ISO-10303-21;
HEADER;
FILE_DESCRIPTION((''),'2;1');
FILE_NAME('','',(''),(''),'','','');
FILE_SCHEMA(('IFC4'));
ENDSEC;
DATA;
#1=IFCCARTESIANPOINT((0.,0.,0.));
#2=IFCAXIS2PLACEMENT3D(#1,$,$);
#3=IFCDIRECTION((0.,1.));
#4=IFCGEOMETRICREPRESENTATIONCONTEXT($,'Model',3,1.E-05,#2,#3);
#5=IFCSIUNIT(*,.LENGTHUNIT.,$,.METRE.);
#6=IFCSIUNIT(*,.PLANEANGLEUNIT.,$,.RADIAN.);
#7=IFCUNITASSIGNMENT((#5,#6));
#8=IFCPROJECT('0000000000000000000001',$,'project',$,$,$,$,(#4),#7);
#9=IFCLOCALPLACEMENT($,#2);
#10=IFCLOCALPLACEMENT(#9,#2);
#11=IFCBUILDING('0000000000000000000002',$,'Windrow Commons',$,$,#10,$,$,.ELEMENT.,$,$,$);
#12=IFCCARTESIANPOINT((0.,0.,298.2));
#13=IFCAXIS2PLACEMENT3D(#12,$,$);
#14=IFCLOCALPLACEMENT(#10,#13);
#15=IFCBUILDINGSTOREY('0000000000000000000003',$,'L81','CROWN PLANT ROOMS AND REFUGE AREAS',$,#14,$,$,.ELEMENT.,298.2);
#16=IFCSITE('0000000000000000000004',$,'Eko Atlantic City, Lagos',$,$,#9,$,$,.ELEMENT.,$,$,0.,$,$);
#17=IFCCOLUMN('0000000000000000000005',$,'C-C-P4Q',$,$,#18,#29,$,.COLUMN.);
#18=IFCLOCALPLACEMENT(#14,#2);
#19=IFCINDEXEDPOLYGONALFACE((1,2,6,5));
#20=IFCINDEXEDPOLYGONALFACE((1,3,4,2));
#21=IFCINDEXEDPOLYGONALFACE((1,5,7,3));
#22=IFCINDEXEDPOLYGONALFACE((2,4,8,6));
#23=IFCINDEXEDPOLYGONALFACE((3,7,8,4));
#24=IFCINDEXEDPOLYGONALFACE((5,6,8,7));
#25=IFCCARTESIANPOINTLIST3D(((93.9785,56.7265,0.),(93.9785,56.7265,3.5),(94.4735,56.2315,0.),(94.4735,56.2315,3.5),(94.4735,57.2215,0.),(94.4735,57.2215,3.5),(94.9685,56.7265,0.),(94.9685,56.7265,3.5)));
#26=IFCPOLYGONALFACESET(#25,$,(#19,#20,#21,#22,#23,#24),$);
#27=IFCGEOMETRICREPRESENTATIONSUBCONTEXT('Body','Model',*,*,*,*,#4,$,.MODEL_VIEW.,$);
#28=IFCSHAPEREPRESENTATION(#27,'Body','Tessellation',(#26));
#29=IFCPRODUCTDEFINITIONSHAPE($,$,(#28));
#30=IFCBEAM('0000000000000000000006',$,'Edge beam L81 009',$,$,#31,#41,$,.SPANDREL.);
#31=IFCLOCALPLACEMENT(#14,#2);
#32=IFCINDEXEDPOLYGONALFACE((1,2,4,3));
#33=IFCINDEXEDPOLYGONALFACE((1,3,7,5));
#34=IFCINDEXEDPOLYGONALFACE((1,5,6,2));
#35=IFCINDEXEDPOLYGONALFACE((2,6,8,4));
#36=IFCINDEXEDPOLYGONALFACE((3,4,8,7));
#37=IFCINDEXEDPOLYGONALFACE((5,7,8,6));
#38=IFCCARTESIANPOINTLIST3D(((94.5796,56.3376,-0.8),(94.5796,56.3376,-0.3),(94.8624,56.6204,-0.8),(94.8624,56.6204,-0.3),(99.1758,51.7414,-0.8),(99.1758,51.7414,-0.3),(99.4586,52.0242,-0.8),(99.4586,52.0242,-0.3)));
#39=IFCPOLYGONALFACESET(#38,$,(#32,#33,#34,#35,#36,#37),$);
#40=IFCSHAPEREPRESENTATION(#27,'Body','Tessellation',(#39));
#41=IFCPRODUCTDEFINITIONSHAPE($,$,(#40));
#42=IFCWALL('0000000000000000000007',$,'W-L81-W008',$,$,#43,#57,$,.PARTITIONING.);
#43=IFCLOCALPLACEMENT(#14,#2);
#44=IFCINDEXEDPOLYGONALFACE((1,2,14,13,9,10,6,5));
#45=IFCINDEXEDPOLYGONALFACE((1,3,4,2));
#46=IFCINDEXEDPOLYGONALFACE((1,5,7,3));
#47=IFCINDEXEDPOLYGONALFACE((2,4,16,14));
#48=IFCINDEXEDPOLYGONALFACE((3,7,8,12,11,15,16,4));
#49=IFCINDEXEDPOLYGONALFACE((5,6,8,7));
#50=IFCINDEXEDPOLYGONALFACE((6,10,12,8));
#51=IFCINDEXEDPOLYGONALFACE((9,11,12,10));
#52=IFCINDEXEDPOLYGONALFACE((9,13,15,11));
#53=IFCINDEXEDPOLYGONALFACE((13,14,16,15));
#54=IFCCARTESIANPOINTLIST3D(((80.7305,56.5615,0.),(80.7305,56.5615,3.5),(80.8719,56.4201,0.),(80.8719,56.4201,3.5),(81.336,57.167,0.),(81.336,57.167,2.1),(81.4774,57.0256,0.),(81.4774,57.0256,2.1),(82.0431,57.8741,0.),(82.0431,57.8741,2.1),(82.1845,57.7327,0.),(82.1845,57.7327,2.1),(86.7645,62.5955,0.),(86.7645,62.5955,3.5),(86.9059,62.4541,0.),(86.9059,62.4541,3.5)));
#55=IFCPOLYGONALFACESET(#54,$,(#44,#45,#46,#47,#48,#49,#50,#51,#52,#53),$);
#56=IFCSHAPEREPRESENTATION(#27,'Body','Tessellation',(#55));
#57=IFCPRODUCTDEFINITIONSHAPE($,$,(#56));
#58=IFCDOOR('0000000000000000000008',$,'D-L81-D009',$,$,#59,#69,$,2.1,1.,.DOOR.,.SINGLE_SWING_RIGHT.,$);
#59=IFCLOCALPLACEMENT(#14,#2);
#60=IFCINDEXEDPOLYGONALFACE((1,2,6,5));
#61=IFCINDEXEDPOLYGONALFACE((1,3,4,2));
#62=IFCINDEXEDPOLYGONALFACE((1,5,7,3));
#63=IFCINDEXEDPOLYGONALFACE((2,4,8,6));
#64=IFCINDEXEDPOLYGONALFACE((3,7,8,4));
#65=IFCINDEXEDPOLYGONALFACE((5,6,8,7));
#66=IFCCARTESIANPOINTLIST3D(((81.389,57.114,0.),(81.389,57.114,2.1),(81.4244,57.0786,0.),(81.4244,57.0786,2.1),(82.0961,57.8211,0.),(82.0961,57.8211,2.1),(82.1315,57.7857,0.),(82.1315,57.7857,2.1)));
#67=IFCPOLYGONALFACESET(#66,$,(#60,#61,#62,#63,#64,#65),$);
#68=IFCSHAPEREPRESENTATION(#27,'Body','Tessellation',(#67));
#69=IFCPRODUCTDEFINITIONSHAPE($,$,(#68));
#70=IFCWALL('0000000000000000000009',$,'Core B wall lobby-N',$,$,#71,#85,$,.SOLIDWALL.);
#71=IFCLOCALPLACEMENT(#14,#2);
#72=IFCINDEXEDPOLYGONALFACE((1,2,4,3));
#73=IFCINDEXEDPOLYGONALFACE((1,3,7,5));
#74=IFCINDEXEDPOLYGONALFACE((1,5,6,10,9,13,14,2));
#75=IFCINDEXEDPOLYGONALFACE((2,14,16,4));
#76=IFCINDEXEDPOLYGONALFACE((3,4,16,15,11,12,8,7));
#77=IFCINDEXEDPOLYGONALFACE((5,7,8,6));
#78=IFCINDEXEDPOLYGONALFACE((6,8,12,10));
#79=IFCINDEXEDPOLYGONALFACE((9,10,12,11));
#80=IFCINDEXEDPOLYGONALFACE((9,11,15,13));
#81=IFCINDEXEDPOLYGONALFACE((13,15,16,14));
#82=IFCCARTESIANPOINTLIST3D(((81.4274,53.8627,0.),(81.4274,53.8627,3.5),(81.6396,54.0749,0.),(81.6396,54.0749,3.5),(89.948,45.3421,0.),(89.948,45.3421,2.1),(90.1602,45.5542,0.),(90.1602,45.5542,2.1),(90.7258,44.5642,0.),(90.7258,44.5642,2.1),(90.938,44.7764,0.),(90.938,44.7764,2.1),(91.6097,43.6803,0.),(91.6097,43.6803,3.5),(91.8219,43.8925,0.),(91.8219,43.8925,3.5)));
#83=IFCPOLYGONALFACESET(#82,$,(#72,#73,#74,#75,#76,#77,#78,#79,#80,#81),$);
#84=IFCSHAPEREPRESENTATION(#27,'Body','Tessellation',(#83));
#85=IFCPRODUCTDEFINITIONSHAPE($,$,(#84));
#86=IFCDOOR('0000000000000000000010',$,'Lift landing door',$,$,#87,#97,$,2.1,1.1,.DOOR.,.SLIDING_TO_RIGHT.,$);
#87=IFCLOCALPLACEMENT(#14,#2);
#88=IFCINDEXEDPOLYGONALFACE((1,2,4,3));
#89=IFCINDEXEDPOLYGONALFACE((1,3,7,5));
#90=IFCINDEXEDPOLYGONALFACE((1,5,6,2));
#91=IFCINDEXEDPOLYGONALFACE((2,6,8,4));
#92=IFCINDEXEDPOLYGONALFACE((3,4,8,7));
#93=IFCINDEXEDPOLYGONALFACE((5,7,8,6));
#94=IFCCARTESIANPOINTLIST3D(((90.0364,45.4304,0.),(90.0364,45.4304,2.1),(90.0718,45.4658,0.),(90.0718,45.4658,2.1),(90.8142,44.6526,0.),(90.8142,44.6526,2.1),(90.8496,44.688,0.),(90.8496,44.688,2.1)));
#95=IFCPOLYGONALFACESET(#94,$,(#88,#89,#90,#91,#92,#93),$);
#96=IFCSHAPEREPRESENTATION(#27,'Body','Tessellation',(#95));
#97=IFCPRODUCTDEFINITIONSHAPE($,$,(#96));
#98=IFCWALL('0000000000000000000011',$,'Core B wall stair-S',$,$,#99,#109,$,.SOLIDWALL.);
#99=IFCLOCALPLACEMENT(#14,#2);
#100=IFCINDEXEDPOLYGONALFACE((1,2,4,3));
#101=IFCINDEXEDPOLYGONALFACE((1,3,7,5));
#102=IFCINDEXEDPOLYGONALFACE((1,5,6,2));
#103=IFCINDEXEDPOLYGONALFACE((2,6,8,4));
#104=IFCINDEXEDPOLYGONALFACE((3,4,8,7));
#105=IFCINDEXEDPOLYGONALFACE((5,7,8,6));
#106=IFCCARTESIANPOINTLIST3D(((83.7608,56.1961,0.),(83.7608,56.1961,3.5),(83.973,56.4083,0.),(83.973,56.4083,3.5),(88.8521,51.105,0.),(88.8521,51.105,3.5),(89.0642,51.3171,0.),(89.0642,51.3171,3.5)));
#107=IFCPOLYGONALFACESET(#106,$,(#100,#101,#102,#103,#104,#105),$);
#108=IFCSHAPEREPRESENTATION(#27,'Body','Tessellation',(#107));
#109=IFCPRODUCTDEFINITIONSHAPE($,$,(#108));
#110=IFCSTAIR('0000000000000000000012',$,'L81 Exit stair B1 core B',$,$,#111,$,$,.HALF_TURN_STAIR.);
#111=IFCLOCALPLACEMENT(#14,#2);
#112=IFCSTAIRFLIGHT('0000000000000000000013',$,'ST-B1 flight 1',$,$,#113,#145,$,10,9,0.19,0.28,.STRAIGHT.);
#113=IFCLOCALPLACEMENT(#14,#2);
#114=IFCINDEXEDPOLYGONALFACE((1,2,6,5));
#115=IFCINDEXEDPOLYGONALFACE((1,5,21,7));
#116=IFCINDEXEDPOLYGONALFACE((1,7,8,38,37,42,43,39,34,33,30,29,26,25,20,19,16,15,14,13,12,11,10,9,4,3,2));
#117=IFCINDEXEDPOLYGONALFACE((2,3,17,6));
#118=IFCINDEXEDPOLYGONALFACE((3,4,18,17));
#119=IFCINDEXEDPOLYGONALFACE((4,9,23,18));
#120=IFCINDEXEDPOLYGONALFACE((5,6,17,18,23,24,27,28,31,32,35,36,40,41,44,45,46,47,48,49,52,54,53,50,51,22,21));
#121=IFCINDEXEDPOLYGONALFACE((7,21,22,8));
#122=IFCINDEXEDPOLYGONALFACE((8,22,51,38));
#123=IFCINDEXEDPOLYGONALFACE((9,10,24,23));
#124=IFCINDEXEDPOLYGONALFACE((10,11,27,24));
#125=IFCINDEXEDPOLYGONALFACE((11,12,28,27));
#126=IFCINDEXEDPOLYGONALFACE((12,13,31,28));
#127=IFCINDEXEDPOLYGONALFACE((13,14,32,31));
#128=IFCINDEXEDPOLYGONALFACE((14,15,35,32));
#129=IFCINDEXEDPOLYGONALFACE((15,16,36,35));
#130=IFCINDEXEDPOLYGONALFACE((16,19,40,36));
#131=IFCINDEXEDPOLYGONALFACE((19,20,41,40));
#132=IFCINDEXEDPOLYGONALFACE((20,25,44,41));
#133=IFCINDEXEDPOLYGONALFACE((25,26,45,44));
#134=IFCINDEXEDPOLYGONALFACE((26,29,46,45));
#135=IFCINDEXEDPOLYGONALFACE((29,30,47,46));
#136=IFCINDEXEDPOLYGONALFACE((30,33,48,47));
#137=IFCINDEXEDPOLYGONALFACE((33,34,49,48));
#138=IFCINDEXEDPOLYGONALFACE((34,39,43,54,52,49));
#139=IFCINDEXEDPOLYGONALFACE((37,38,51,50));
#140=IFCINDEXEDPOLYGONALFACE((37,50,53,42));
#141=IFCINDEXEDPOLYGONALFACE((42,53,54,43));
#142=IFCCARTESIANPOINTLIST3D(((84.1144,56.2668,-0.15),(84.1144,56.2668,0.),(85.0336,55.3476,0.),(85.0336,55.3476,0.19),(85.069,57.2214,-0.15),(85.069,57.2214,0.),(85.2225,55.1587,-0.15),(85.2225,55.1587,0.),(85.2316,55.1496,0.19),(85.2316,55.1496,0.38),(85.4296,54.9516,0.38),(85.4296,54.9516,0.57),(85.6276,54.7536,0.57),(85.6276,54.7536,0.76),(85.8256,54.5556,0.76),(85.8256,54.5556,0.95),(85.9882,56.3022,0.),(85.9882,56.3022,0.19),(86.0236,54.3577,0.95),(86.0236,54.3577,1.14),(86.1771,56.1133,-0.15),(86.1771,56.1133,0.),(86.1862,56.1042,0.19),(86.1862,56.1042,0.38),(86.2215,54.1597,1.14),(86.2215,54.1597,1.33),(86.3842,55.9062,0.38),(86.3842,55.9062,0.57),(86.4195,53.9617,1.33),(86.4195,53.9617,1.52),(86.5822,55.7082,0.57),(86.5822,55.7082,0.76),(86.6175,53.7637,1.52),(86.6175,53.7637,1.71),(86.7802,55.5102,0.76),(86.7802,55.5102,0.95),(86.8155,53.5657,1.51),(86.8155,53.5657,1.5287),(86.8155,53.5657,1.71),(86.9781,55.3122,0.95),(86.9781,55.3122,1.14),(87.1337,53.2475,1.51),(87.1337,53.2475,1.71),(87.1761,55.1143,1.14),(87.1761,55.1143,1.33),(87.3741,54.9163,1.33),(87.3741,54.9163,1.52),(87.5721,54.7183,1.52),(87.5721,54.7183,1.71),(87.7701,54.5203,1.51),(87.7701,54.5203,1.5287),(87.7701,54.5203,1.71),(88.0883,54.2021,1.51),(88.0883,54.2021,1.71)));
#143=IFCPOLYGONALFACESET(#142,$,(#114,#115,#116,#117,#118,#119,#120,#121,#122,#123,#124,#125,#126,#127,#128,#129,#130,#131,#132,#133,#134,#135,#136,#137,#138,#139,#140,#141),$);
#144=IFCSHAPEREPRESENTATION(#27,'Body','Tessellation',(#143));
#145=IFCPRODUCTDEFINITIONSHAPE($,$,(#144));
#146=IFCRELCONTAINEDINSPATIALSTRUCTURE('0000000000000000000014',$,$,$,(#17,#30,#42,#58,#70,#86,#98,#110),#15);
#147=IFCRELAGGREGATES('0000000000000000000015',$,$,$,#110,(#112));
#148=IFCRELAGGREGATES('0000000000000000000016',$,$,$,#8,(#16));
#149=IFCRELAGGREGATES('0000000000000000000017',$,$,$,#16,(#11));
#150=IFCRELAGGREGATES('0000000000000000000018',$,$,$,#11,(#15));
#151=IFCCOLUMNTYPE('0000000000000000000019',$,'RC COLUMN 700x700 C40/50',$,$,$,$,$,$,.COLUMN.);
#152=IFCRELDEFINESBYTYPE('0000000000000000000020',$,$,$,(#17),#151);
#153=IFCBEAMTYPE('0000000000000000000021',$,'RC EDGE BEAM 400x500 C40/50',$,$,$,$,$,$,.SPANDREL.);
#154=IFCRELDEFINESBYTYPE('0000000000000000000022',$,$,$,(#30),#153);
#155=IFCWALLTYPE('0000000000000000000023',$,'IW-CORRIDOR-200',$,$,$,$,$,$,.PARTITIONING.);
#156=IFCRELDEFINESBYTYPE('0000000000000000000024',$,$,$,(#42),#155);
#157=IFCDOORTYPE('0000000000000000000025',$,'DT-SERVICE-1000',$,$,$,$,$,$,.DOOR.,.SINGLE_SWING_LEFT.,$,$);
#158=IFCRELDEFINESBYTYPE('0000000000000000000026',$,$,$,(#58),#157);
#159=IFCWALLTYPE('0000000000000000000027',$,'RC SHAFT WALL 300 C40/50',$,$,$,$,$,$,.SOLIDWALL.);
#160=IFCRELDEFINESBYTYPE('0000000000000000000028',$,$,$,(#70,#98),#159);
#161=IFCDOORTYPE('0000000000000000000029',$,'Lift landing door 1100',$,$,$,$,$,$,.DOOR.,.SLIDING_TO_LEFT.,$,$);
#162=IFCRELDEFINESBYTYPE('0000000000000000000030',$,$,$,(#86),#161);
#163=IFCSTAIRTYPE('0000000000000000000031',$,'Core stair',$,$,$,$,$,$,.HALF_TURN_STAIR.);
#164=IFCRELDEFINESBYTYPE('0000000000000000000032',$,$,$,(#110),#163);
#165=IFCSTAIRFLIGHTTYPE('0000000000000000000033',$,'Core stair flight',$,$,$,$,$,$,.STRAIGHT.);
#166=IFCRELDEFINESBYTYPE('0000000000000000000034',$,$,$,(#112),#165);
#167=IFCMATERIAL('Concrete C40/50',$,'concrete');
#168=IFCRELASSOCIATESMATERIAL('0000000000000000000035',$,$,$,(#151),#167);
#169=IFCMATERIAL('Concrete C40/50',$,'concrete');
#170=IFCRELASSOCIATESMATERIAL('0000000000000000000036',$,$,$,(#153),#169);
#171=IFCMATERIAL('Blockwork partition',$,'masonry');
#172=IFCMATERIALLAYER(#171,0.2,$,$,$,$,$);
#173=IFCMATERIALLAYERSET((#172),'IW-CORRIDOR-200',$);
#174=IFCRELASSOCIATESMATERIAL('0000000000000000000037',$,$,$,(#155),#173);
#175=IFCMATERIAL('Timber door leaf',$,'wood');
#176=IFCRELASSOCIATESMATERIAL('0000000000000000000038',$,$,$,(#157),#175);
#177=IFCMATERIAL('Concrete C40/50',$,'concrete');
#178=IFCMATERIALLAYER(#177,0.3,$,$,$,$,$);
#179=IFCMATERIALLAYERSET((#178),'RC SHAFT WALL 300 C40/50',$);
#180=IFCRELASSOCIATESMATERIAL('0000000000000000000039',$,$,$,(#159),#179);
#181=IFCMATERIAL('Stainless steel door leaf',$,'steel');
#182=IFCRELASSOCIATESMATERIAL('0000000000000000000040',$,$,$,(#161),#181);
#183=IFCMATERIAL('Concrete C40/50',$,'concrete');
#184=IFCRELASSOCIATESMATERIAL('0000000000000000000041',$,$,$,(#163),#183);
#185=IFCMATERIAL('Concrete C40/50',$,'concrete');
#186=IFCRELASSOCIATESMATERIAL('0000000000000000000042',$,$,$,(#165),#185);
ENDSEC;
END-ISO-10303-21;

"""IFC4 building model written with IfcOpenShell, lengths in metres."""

from ifc_helpers import new_model, si_unit, direction, frame, frame_2d, origin, origin_2d, place, context, subcontext, project, spatial, polyline, rectangle, outline, extrude, material, layer, layer_set, material_profile, profile_set, type_object, element, fill, aggregate, save


model = new_model("IFC4")

# Units and contexts
model_context = context("Model", 3, precision=1e-05, world=origin(), true_north=direction((0.0, 1.0)))
body_context = subcontext(model_context, "Body", "Model", "MODEL_VIEW")
ifc_project = project(units=[si_unit("LENGTHUNIT", "METRE"), si_unit("PLANEANGLEUNIT", "RADIAN")], contexts=[model_context])

# Site, building, storey
site_placement = place(None, origin())
site = spatial("IfcSite", under=ifc_project, at=site_placement, Name="Eko Atlantic City, Lagos", CompositionType="ELEMENT", RefElevation=0.0)
building_placement = place(site_placement, origin())
building = spatial("IfcBuilding", under=site, at=building_placement, Name="Windrow Commons", CompositionType="ELEMENT")
storey_placement = place(building_placement, frame((0.0, 0.0, 298.2)))
storey = spatial("IfcBuildingStorey", under=building, at=storey_placement, Name="L81", Description="CROWN PLANT ROOMS AND REFUGE AREAS", CompositionType="ELEMENT", Elevation=298.2)

# Column
ifc_material_1 = material(Name="Concrete C40/50", Category="concrete")
ifc_material_profile_1 = material_profile(ifc_material_1, rectangle(XDim=0.7, YDim=0.7, at=origin_2d()))
ifc_profile_set_1 = profile_set([ifc_material_profile_1], Name="Concrete C40/50")
column_type = type_object("IfcColumnType", Name="RC COLUMN 700x700 C40/50", PredefinedType="COLUMN", material=ifc_profile_set_1)
column_placement = place(storey_placement, frame((94.4735, 56.7265, 0.0), z_axis=(0.0, 0.0, 1.0), x_axis=(0.707107, -0.707107, 0.0)))
element("IfcColumn", 1, at=column_placement, inside=storey, type_object=column_type, Name="C-C-P4Q", PredefinedType="COLUMN", context=body_context, shape_type="SweptSolid", body=[
    extrude(rectangle(XDim=0.7, YDim=0.7, at=origin_2d()), origin(), (0.0, 0.0, 1.0), 3.5),
])

# Beam
ifc_material_2 = material(Name="Concrete C40/50", Category="concrete")
ifc_material_profile_2 = material_profile(ifc_material_2, rectangle(XDim=0.4, YDim=0.5, at=origin_2d()))
ifc_profile_set_2 = profile_set([ifc_material_profile_2], Name="Concrete C40/50")
beam_type = type_object("IfcBeamType", Name="RC EDGE BEAM 400x500 C40/50", PredefinedType="SPANDREL", material=ifc_profile_set_2)
beam_placement = place(storey_placement, frame((94.721, 56.479, -0.55), z_axis=(0.707107, -0.707107, 0.0), x_axis=(0.707107, 0.707107, 0.0)))
element("IfcBeam", 2, at=beam_placement, inside=storey, type_object=beam_type, Name="Edge beam L81 009", PredefinedType="SPANDREL", context=body_context, shape_type="SweptSolid", body=[
    extrude(rectangle(XDim=0.4, YDim=0.5, at=origin_2d()), origin(), (0.0, 0.0, 1.0), 6.5),
])

# Walls, openings, doors
ifc_material_3 = material(Name="Blockwork partition", Category="masonry")
ifc_layer_1 = layer(ifc_material_3, 0.2)
ifc_layer_set_1 = layer_set([ifc_layer_1], Name="IW-CORRIDOR-200")
wall_type_1 = type_object("IfcWallType", Name="IW-CORRIDOR-200", PredefinedType="PARTITIONING", material=ifc_layer_set_1)
wall_1_placement = place(storey_placement, frame((80.8012, 56.4908, 0.0), z_axis=(0.0, 0.0, 1.0), x_axis=(0.707107, 0.707107, 0.0)))
wall_1 = element("IfcWall", 3, at=wall_1_placement, inside=storey, type_object=wall_type_1, Name="W-L81-W008", PredefinedType="PARTITIONING", context=body_context, shape_type="SweptSolid", body=[
    extrude(rectangle(XDim=8.5334, YDim=0.2, at=frame_2d((4.2667, 0.0))), origin(), (0.0, 0.0, 1.0), 3.5),
])
opening_1_placement = place(wall_1_placement, frame((0.8563, 0.0, 0.0)))
opening_1 = element("IfcOpeningElement", 4, at=opening_1_placement, cuts=wall_1, PredefinedType="OPENING", context=body_context, shape_type="SweptSolid", body=[
    extrude(rectangle(XDim=1.0, YDim=2.1, at=frame_2d((0.5, 1.05))), frame((0.0, 0.11, 0.0), z_axis=(0.0, -1.0, 0.0), x_axis=(1.0, 0.0, 0.0)), (0.0, 0.0, 1.0), 0.22),
])
ifc_material_4 = material(Name="Timber door leaf", Category="wood")
door_type_1 = type_object("IfcDoorType", Name="DT-SERVICE-1000", OperationType="SINGLE_SWING_LEFT", PredefinedType="DOOR", material=ifc_material_4)
door_1_placement = place(opening_1_placement, origin())
door_1 = element("IfcDoor", 5, at=door_1_placement, inside=storey, type_object=door_type_1, Name="D-L81-D009", OperationType="SINGLE_SWING_RIGHT", OverallHeight=2.1, OverallWidth=1.0, PredefinedType="DOOR", context=body_context, shape_type="SweptSolid", body=[
    extrude(rectangle(XDim=1.0, YDim=2.1, at=frame_2d((0.5, 1.05))), frame((0.0, 0.025, 0.0), z_axis=(0.0, -1.0, 0.0), x_axis=(1.0, 0.0, 0.0)), (0.0, 0.0, 1.0), 0.05),
])
fill(opening_1, door_1)
ifc_material_5 = material(Name="Concrete C40/50", Category="concrete")
ifc_layer_2 = layer(ifc_material_5, 0.3)
ifc_layer_set_2 = layer_set([ifc_layer_2], Name="RC SHAFT WALL 300 C40/50")
wall_type_2 = type_object("IfcWallType", Name="RC SHAFT WALL 300 C40/50", PredefinedType="SOLIDWALL", material=ifc_layer_set_2)
wall_2_placement = place(storey_placement, frame((81.5335, 53.9688, 0.0), z_axis=(0.0, 0.0, 1.0), x_axis=(0.707103, -0.70711, 0.0)))
wall_2 = element("IfcWall", 6, at=wall_2_placement, inside=storey, type_object=wall_type_2, Name="Core B wall lobby-N", PredefinedType="SOLIDWALL", context=body_context, shape_type="SweptSolid", body=[
    extrude(outline(polyline([(0.0, 0.0), (14.4, 0.0), (14.4, 3.5), (0.0, 3.5), (0.0, 0.0)])), frame((0.0, 0.15, 0.0), z_axis=(0.0, -1.0, 0.0), x_axis=(1.0, 0.0, 0.0)), (0.0, 0.0, 1.0), 0.3),
])
opening_2_placement = place(wall_2_placement, frame((12.05, 0.0, 0.0)))
opening_2 = element("IfcOpeningElement", 7, at=opening_2_placement, cuts=wall_2, PredefinedType="OPENING", context=body_context, shape_type="SweptSolid", body=[
    extrude(rectangle(XDim=1.1, YDim=2.1, at=frame_2d((0.55, 1.05))), frame((0.0, 0.16, 0.0), z_axis=(0.0, -1.0, 0.0), x_axis=(1.0, 0.0, 0.0)), (0.0, 0.0, 1.0), 0.32),
])
ifc_material_6 = material(Name="Stainless steel door leaf", Category="steel")
door_type_2 = type_object("IfcDoorType", Name="Lift landing door 1100", OperationType="SLIDING_TO_LEFT", PredefinedType="DOOR", material=ifc_material_6)
door_2_placement = place(opening_2_placement, origin())
door_2 = element("IfcDoor", 8, at=door_2_placement, inside=storey, type_object=door_type_2, Name="Lift landing door", OperationType="SLIDING_TO_RIGHT", OverallHeight=2.1, OverallWidth=1.1, PredefinedType="DOOR", context=body_context, shape_type="SweptSolid", body=[
    extrude(rectangle(XDim=1.1, YDim=2.1, at=frame_2d((0.55, 1.05))), frame((0.0, 0.025, 0.0), z_axis=(0.0, -1.0, 0.0), x_axis=(1.0, 0.0, 0.0)), (0.0, 0.0, 1.0), 0.05),
])
fill(opening_2, door_2)

# Wall
wall_3_placement = place(storey_placement, frame((83.8669, 56.3022, 0.0), z_axis=(0.0, 0.0, 1.0), x_axis=(0.707114, -0.7071, 0.0)))
element("IfcWall", 9, at=wall_3_placement, inside=storey, type_object=wall_type_2, Name="Core B wall stair-S", PredefinedType="SOLIDWALL", context=body_context, shape_type="SweptSolid", body=[
    extrude(outline(polyline([(0.0, 0.0), (7.2, 0.0), (7.2, 3.5), (0.0, 3.5), (0.0, 0.0)])), frame((0.0, 0.15, 0.0), z_axis=(0.0, -1.0, 0.0), x_axis=(1.0, 0.0, 0.0)), (0.0, 0.0, 1.0), 0.3),
])

# Stair, stair flight
ifc_material_7 = material(Name="Concrete C40/50", Category="concrete")
stair_type = type_object("IfcStairType", Name="Core stair", PredefinedType="HALF_TURN_STAIR", material=ifc_material_7)
stair_placement = place(storey_placement, origin())
stair = element("IfcStair", 10, at=stair_placement, inside=storey, type_object=stair_type, Name="L81 Exit stair B1 core B", PredefinedType="HALF_TURN_STAIR")
ifc_material_8 = material(Name="Concrete C40/50", Category="concrete")
stair_flight_type = type_object("IfcStairFlightType", Name="Core stair flight", PredefinedType="STRAIGHT", material=ifc_material_8)
stair_flight_1_placement = place(storey_placement, frame((85.5109, 55.8249, 0.0), z_axis=(0.0, 0.0, 1.0), x_axis=(0.707107, -0.707107, 0.0)))
stair_flight_1 = element("IfcStairFlight", 11, at=stair_flight_1_placement, type_object=stair_flight_type, Name="ST-B1 flight 1", NumberOfRisers=10, NumberOfTreads=9, PredefinedType="STRAIGHT", RiserHeight=0.19, TreadLength=0.28, context=body_context, shape_type="SweptSolid", body=[
    extrude(outline(polyline([(-1.3, -0.15), (-1.3, 0.0), (0.0, 0.0), (0.0, 0.19), (0.28, 0.19), (0.28, 0.38), (0.56, 0.38), (0.56, 0.57), (0.84, 0.57), (0.84, 0.76), (1.12, 0.76), (1.12, 0.95), (1.4, 0.95), (1.4, 1.14), (1.68, 1.14), (1.68, 1.33), (1.96, 1.33), (1.96, 1.52), (2.24, 1.52), (2.24, 1.71), (2.52, 1.71), (2.97, 1.71), (2.97, 1.51), (2.52, 1.51), (2.52, 1.5287), (0.2671, 0.0), (0.2671, -0.15), (-1.3, -0.15)])), frame((0.0, 0.675, 0.0), z_axis=(0.0, -1.0, 0.0), x_axis=(1.0, 0.0, 0.0)), (0.0, 0.0, 1.0), 1.35),
])
aggregate(stair, [stair_flight_1])

save(model, "model.ifc")
